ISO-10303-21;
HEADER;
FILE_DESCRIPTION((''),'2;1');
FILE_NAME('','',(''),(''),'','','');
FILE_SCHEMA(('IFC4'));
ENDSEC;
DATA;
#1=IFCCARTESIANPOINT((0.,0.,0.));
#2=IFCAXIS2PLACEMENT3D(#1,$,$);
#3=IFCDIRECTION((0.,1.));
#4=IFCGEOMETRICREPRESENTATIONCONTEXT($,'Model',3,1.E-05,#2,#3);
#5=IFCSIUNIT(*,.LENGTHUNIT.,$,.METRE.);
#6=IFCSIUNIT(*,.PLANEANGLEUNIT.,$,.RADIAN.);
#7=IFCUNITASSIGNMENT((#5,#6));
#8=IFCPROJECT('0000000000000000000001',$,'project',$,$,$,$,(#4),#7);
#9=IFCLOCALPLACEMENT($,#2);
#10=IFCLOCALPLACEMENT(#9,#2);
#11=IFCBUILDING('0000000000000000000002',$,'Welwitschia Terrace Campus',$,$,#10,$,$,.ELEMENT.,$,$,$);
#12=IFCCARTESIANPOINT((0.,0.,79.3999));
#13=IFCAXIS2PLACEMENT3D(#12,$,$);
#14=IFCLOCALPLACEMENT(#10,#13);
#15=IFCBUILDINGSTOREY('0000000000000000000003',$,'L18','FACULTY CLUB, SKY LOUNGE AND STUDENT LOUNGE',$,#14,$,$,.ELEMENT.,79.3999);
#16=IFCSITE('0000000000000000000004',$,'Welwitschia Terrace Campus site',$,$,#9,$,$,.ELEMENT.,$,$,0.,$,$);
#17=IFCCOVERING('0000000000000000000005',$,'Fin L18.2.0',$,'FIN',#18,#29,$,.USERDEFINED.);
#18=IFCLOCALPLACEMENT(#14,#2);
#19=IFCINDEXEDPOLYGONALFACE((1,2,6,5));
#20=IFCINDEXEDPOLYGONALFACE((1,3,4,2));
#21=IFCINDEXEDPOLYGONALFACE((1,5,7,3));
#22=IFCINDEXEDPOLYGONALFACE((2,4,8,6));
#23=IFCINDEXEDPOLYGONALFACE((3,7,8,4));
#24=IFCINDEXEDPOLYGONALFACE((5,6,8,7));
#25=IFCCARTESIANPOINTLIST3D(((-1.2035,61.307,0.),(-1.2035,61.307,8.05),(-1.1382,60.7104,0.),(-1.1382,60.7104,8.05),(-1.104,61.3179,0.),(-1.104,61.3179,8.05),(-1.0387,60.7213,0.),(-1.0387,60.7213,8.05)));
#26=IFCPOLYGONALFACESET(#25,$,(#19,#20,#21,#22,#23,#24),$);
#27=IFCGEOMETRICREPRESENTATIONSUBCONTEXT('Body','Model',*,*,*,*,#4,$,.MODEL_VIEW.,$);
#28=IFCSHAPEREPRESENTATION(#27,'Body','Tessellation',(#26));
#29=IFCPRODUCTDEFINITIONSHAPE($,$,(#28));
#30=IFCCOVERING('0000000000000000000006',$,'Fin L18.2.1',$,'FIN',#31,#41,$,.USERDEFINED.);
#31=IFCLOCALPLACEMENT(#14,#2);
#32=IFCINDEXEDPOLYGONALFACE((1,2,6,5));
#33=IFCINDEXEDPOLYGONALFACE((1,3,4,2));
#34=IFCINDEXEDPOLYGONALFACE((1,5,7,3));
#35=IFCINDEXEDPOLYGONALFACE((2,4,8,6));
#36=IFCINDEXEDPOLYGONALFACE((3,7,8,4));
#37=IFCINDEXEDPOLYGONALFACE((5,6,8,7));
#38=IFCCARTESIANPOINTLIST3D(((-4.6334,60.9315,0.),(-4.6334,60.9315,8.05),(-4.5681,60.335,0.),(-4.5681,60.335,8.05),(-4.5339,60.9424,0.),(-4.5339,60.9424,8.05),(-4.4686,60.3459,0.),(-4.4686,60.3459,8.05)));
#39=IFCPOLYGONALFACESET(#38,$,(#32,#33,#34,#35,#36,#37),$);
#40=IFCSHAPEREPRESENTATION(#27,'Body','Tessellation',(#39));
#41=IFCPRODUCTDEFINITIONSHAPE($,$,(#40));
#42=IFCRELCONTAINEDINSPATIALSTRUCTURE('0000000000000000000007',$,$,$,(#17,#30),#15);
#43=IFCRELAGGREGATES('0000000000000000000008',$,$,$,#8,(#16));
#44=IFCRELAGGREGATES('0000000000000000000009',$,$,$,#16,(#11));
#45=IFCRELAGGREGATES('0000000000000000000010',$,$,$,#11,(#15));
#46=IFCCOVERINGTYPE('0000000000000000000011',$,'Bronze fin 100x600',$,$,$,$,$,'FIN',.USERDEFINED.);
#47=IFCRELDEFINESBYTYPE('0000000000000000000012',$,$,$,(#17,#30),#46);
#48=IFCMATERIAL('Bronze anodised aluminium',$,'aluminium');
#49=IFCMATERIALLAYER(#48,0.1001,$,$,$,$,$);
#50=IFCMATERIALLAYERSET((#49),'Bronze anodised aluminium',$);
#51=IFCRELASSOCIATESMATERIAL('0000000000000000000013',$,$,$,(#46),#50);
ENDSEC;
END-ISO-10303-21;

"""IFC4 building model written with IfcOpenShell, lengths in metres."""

from ifc_helpers import new_model, si_unit, direction, frame, origin, origin_2d, place, context, subcontext, project, spatial, rectangle, extrude, material, layer, layer_set, type_object, element, save


model = new_model("IFC4")

# Units and contexts
model_context = context("Model", 3, precision=1e-05, world=origin(), true_north=direction((0.0, 1.0)))
body_context = subcontext(model_context, "Body", "Model", "MODEL_VIEW")
ifc_project = project(units=[si_unit("LENGTHUNIT", "METRE"), si_unit("PLANEANGLEUNIT", "RADIAN")], contexts=[model_context])

# Site, building, storey
site_placement = place(None, origin())
site = spatial("IfcSite", under=ifc_project, at=site_placement, Name="Welwitschia Terrace Campus site", CompositionType="ELEMENT", RefElevation=0.0)
building_placement = place(site_placement, origin())
building = spatial("IfcBuilding", under=site, at=building_placement, Name="Welwitschia Terrace Campus", CompositionType="ELEMENT")
storey_placement = place(building_placement, frame((0.0, 0.0, 79.3999)))
storey = spatial("IfcBuildingStorey", under=building, at=storey_placement, Name="L18", Description="FACULTY CLUB, SKY LOUNGE AND STUDENT LOUNGE", CompositionType="ELEMENT", Elevation=79.3999)

# Coverings
ifc_material_1 = material(Name="Bronze anodised aluminium", Category="aluminium")
ifc_layer_1 = layer(ifc_material_1, 0.1001)
ifc_layer_set_1 = layer_set([ifc_layer_1], Name="Bronze anodised aluminium")
covering_type = type_object("IfcCoveringType", Name="Bronze fin 100x600", ElementType="FIN", PredefinedType="USERDEFINED", material=ifc_layer_set_1)
for number, where, z_axis, x_axis, name in (
    (1, (-1.1211, 61.0142, 0.0), (0.0, 0.0, 1.0), (-0.994056, -0.108867, 0.0), "Fin L18.2.0"),
    (2, (-4.551, 60.6387, 0.0), (0.0, 0.0, 1.0), (-0.994056, -0.108867, 0.0), "Fin L18.2.1"),
):
    element("IfcCovering", number, at=place(storey_placement, frame(where, z_axis=z_axis, x_axis=x_axis)), inside=storey, type_object=covering_type, Name=name, ObjectType="FIN", PredefinedType="USERDEFINED", context=body_context, shape_type="SweptSolid", body=[
        extrude(rectangle(XDim=0.1001, YDim=0.6001, at=origin_2d()), origin(), (0.0, 0.0, 1.0), 8.05),
    ])

save(model, "model.ifc")
